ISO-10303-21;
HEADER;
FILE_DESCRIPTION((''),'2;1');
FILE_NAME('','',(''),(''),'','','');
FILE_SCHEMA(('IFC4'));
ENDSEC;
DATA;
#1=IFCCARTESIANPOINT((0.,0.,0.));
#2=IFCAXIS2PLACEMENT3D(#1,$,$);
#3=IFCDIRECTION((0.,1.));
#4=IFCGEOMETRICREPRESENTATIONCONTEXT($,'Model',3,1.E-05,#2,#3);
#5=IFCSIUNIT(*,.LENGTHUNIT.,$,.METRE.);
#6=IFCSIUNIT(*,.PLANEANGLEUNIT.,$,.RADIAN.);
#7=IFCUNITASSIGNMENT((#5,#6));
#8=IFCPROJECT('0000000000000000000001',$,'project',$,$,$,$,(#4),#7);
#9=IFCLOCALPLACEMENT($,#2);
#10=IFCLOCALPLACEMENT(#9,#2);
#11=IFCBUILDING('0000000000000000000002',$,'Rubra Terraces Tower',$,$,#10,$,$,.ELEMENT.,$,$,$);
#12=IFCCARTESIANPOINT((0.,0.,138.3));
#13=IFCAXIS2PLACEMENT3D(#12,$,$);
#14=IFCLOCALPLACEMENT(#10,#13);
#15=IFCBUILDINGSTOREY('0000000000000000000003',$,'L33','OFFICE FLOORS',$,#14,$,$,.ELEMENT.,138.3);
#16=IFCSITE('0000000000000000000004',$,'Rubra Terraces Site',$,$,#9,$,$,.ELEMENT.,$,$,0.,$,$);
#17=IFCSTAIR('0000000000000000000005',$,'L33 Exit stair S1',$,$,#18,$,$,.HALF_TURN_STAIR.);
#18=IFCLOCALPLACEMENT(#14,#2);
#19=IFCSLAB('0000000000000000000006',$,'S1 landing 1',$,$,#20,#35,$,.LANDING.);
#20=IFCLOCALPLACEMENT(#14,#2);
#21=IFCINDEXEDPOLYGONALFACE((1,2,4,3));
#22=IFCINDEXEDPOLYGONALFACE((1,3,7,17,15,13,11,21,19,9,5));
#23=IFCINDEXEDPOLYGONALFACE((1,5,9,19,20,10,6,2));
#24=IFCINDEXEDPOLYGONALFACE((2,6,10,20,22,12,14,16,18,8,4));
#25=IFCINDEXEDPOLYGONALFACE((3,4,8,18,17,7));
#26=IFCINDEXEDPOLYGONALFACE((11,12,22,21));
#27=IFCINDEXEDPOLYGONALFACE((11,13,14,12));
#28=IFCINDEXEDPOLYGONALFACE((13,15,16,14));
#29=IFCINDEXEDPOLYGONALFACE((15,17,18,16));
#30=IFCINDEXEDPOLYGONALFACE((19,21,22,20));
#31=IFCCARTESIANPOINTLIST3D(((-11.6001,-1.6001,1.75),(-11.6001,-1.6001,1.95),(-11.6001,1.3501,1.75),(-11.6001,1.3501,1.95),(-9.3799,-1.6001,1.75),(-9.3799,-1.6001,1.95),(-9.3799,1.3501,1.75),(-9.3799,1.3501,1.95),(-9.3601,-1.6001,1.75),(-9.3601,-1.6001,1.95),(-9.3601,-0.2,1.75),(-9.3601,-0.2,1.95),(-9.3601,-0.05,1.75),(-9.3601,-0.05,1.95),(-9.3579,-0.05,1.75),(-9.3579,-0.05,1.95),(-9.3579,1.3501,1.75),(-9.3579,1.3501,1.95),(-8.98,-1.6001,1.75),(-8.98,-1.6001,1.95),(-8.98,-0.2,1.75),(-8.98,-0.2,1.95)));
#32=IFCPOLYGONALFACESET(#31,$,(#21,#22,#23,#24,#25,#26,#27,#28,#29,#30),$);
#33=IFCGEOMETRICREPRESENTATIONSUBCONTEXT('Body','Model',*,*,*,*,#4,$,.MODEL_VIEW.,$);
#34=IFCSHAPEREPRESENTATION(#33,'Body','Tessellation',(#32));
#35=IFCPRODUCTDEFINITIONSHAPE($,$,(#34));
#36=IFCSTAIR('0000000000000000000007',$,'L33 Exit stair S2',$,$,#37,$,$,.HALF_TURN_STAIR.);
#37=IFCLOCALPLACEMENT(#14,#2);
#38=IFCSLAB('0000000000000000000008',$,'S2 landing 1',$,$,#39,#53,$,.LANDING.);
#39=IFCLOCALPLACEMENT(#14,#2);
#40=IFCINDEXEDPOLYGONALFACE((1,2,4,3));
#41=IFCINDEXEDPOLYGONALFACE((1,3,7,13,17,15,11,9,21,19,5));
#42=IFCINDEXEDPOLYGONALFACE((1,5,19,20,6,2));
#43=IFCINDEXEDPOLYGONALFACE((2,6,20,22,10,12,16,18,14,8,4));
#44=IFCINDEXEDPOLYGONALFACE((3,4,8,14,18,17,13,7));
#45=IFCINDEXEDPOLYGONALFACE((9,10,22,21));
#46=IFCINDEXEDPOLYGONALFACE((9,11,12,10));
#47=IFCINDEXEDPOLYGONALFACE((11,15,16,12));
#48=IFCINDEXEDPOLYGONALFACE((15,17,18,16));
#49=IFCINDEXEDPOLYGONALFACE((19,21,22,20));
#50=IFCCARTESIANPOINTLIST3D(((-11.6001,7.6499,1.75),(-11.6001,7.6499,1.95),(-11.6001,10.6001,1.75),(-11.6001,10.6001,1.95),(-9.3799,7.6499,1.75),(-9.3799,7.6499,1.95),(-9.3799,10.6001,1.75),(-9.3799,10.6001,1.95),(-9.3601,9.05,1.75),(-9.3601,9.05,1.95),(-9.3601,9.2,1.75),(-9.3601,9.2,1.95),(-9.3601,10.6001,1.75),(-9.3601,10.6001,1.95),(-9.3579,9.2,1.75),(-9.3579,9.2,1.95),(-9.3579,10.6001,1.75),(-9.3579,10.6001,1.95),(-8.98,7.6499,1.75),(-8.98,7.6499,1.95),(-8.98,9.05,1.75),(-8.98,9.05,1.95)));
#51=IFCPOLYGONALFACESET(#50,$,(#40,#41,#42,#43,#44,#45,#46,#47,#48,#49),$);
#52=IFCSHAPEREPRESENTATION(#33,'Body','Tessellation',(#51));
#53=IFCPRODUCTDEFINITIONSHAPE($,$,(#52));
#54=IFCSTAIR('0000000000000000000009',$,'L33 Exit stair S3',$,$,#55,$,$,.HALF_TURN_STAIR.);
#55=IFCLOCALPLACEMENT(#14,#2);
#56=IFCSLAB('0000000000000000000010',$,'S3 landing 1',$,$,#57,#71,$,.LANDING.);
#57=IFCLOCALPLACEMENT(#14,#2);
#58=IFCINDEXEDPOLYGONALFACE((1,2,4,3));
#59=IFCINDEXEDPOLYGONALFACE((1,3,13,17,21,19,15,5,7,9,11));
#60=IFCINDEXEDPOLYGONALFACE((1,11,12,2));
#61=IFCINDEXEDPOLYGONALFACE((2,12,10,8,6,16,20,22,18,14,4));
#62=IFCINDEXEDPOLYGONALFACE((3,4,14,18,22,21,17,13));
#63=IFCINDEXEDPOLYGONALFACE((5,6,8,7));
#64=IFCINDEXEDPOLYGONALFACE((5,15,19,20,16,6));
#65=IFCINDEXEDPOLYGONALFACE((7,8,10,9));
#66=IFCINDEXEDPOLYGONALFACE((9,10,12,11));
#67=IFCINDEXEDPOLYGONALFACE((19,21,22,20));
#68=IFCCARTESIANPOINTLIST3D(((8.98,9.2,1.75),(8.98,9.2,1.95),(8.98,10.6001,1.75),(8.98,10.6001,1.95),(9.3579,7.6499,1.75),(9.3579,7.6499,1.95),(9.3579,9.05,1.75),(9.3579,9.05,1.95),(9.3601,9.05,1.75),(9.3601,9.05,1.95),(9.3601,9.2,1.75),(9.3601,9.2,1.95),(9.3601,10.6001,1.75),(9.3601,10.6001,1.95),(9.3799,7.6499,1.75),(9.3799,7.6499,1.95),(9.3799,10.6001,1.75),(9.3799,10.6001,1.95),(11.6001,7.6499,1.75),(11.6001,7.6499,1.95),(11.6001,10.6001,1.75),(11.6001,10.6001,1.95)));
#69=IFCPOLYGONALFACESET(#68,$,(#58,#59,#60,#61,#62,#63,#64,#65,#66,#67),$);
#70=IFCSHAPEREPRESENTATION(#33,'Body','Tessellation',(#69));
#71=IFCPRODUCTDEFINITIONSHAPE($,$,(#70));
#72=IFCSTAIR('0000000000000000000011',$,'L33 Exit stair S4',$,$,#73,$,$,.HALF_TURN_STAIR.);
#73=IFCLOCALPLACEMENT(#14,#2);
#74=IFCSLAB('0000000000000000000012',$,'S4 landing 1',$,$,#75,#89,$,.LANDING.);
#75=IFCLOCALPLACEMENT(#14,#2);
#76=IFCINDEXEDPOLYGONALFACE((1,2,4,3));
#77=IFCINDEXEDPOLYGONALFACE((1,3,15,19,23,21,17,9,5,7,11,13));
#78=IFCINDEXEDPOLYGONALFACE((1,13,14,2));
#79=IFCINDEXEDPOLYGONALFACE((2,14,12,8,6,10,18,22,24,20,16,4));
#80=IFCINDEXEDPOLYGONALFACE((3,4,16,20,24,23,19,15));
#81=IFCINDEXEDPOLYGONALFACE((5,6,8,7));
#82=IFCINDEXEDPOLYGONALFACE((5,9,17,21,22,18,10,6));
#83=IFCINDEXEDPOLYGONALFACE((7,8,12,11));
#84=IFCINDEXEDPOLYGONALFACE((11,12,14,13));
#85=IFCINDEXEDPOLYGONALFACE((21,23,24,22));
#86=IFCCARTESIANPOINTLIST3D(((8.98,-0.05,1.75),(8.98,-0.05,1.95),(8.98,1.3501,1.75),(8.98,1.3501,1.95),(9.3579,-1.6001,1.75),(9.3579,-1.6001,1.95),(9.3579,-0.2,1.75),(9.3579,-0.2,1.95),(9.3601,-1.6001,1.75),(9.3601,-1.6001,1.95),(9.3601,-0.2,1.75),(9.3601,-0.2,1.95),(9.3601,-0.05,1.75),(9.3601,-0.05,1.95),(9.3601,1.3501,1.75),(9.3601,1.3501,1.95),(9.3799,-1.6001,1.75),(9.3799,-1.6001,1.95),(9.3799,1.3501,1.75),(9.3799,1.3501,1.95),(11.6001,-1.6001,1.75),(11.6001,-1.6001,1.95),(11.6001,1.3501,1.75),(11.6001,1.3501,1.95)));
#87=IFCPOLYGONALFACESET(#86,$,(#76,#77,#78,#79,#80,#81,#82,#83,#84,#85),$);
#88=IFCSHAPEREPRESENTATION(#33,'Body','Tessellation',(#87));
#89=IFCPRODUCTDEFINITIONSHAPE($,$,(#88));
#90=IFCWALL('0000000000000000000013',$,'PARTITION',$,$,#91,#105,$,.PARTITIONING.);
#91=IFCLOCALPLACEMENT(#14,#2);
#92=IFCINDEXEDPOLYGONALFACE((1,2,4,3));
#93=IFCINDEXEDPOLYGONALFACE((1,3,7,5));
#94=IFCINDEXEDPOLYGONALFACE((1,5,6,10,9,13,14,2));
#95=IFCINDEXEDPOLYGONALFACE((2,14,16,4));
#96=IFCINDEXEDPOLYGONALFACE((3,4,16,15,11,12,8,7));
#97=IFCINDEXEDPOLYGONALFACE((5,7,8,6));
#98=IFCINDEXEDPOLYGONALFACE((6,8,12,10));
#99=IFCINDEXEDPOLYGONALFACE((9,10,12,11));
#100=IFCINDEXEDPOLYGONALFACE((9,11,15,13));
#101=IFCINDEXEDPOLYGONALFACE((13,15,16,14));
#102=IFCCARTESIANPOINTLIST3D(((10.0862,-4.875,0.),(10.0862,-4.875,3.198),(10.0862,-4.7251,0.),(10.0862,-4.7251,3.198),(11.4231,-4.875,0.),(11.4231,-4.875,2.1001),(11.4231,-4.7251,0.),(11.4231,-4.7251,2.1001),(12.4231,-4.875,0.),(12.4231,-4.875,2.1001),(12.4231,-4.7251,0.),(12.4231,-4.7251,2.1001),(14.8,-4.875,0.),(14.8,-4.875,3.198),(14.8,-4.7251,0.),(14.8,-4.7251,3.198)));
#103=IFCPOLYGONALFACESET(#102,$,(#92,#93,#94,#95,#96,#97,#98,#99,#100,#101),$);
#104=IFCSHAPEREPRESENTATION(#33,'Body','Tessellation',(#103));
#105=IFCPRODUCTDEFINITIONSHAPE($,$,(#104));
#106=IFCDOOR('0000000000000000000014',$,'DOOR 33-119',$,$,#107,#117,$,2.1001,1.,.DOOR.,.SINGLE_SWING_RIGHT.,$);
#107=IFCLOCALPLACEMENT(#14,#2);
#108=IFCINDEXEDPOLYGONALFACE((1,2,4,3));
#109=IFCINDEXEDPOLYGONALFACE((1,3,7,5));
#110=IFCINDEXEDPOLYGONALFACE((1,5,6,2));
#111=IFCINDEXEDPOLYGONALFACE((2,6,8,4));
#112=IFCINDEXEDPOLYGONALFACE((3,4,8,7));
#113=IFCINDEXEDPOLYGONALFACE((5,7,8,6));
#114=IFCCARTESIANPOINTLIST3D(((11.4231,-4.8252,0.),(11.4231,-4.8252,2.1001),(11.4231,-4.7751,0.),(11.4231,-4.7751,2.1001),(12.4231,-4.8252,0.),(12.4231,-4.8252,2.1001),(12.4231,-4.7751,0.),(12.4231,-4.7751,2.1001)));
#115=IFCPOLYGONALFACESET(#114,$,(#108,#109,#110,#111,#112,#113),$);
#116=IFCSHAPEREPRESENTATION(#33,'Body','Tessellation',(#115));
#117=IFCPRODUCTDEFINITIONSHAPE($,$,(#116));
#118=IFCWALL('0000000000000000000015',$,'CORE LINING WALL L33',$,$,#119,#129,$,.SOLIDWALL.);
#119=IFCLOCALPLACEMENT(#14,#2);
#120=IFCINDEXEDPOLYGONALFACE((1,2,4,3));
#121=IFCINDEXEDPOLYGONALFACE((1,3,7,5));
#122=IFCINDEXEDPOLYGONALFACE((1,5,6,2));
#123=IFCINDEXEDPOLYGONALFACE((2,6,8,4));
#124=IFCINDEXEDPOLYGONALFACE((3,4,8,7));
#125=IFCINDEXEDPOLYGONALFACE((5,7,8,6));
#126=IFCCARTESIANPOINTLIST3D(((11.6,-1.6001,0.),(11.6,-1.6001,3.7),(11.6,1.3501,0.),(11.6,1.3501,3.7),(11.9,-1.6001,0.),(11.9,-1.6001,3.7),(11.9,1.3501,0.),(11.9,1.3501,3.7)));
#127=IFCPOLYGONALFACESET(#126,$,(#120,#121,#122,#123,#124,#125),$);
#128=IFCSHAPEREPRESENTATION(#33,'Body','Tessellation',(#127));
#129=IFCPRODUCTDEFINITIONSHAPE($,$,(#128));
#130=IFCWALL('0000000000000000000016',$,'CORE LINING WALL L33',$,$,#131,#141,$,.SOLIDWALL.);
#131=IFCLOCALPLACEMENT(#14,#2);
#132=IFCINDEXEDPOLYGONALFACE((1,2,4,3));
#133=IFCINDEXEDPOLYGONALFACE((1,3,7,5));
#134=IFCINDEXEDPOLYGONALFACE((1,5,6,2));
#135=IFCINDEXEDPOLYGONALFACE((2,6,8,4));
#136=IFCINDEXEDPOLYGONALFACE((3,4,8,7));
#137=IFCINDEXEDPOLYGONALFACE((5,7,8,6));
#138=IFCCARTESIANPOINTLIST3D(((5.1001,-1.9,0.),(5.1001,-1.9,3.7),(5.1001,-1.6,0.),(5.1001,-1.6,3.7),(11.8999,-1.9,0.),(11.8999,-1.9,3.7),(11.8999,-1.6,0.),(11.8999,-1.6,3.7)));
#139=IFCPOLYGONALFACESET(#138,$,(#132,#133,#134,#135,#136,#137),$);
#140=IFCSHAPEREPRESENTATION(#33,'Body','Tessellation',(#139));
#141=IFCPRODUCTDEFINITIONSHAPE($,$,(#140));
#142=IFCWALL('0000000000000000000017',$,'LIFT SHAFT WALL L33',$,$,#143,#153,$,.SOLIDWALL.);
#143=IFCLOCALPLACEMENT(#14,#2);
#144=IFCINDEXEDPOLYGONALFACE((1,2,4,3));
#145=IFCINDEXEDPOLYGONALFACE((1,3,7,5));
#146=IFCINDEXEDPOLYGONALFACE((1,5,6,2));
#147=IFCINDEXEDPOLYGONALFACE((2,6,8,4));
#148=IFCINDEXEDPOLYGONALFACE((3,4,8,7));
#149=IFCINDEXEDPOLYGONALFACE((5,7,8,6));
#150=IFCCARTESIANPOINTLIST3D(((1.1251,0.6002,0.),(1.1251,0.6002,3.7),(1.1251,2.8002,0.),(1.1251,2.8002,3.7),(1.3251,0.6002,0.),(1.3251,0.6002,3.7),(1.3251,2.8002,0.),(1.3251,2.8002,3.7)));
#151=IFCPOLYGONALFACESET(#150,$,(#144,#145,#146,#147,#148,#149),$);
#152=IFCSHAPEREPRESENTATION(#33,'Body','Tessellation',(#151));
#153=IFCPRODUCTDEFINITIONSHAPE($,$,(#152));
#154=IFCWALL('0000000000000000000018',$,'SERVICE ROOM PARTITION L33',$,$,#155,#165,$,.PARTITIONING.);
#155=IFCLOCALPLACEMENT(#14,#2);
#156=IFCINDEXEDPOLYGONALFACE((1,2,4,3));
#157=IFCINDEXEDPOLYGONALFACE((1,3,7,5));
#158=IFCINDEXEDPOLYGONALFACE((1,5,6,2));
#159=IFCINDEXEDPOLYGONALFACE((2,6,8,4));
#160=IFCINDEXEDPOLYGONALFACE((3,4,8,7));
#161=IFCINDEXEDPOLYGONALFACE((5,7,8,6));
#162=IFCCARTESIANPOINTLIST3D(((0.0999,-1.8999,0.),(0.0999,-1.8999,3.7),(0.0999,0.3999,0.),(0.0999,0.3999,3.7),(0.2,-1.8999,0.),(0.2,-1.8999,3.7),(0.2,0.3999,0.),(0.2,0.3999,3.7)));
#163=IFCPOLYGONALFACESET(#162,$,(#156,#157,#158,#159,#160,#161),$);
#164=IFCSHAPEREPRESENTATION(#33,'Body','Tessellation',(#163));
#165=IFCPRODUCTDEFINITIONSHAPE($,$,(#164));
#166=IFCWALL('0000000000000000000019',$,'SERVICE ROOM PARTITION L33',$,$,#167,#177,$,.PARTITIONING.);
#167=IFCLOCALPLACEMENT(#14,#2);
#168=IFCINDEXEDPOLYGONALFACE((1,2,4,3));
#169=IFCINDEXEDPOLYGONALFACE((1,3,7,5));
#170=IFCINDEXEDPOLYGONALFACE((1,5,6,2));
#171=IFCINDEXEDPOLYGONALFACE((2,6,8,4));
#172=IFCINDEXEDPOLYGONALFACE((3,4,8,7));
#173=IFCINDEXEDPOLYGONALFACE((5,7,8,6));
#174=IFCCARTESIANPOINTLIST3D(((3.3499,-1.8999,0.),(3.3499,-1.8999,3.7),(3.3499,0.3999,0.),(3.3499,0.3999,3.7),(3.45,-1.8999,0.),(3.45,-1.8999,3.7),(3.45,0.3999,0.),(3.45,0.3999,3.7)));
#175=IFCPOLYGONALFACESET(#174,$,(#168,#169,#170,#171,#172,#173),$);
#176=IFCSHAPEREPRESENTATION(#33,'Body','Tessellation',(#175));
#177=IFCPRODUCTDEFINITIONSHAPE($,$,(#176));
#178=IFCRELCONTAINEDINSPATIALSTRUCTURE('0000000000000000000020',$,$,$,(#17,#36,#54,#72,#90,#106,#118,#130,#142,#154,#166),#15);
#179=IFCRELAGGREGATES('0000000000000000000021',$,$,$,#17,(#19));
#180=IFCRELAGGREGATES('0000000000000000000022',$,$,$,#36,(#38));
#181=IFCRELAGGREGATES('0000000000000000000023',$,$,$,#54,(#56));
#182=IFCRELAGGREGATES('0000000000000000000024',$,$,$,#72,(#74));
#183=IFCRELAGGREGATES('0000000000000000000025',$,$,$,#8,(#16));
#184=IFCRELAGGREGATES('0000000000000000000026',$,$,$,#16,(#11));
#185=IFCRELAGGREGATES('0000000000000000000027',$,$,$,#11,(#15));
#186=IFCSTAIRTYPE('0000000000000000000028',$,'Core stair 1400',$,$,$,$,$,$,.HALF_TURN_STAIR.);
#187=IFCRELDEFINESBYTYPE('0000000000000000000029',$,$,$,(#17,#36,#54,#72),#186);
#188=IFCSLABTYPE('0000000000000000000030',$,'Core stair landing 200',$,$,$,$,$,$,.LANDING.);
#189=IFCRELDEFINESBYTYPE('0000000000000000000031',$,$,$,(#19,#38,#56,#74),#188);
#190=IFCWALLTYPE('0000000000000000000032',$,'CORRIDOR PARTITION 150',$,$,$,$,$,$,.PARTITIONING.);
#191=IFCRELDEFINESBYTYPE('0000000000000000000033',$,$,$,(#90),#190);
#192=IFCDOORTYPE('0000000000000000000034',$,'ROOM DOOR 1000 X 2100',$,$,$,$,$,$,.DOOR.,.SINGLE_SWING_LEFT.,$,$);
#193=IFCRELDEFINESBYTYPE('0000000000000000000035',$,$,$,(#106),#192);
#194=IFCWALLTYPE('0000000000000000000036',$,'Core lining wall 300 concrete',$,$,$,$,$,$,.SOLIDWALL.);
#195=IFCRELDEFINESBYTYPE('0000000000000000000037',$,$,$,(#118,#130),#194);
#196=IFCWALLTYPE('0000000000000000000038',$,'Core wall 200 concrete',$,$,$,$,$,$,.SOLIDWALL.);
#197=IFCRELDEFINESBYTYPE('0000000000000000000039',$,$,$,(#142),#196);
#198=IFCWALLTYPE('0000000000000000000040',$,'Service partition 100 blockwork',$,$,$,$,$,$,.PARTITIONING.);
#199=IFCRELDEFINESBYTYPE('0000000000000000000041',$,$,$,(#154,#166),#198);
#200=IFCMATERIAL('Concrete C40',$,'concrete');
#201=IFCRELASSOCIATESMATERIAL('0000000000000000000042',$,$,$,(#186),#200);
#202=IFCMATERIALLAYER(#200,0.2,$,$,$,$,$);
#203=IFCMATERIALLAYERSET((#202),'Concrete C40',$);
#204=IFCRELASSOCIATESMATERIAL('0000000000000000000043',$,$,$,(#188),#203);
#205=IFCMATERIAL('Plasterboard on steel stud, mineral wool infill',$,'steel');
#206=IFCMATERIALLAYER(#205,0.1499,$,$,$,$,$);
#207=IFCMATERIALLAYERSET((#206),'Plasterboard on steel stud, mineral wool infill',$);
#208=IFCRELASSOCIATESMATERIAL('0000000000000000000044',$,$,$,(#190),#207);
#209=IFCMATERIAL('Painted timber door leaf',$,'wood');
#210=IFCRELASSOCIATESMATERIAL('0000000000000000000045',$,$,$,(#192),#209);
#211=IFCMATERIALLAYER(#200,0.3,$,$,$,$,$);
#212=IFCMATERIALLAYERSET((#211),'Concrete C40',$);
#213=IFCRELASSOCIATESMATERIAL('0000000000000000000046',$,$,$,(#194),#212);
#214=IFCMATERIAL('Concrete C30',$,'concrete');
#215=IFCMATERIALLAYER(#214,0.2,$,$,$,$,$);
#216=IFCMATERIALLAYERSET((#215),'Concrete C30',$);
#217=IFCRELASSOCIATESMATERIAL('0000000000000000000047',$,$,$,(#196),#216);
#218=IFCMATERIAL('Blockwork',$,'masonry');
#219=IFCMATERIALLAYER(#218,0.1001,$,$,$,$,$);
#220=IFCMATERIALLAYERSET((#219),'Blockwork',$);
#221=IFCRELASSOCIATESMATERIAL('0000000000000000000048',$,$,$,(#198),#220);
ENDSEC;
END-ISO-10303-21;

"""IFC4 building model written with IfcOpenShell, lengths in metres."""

from ifc_helpers import new_model, si_unit, direction, frame, frame_2d, origin, place, context, subcontext, project, spatial, polyline, rectangle, outline, extrude, material, layer, layer_set, type_object, element, fill, aggregate, save


model = new_model("IFC4")

# Units and contexts
model_context = context("Model", 3, precision=1e-05, world=origin(), true_north=direction((0.0, 1.0)))
body_context = subcontext(model_context, "Body", "Model", "MODEL_VIEW")
ifc_project = project(units=[si_unit("LENGTHUNIT", "METRE"), si_unit("PLANEANGLEUNIT", "RADIAN")], contexts=[model_context])

# Site, building, storey
site_placement = place(None, origin())
site = spatial("IfcSite", under=ifc_project, at=site_placement, Name="Rubra Terraces Site", CompositionType="ELEMENT", RefElevation=0.0)
building_placement = place(site_placement, origin())
building = spatial("IfcBuilding", under=site, at=building_placement, Name="Rubra Terraces Tower", CompositionType="ELEMENT")
storey_placement = place(building_placement, frame((0.0, 0.0, 138.3)))
storey = spatial("IfcBuildingStorey", under=building, at=storey_placement, Name="L33", Description="OFFICE FLOORS", CompositionType="ELEMENT", Elevation=138.3)

# Stairs, slabs
ifc_material_1 = material(Name="Concrete C40", Category="concrete")
stair_type = type_object("IfcStairType", Name="Core stair 1400", PredefinedType="HALF_TURN_STAIR", material=ifc_material_1)
stair_1_placement = place(storey_placement, origin())
stair_1 = element("IfcStair", 1, at=stair_1_placement, inside=storey, type_object=stair_type, Name="L33 Exit stair S1", PredefinedType="HALF_TURN_STAIR")
ifc_layer_1 = layer(ifc_material_1, 0.2)
ifc_layer_set_1 = layer_set([ifc_layer_1], Name="Concrete C40")
slab_type = type_object("IfcSlabType", Name="Core stair landing 200", PredefinedType="LANDING", material=ifc_layer_set_1)
slab_1_placement = place(storey_placement, frame((0.0, 0.0, 1.75)))
slab_1 = element("IfcSlab", 2, at=slab_1_placement, type_object=slab_type, Name="S1 landing 1", PredefinedType="LANDING", context=body_context, shape_type="SweptSolid", body=[
    extrude(outline(polyline([(-8.98, -0.2), (-8.98, -1.6001), (-9.3601, -1.6001), (-9.3799, -1.6001), (-11.6001, -1.6001), (-11.6001, 1.3501), (-9.3799, 1.3501), (-9.3579, 1.3501), (-9.3579, -0.05), (-9.3601, -0.05), (-9.3601, -0.2), (-8.98, -0.2)])), origin(), (0.0, 0.0, 1.0), 0.2),
])
aggregate(stair_1, [slab_1])
stair_2_placement = place(storey_placement, origin())
stair_2 = element("IfcStair", 3, at=stair_2_placement, inside=storey, type_object=stair_type, Name="L33 Exit stair S2", PredefinedType="HALF_TURN_STAIR")
slab_2_placement = place(storey_placement, frame((0.0, 0.0, 1.75)))
slab_2 = element("IfcSlab", 4, at=slab_2_placement, type_object=slab_type, Name="S2 landing 1", PredefinedType="LANDING", context=body_context, shape_type="SweptSolid", body=[
    extrude(outline(polyline([(-8.98, 9.05), (-8.98, 7.6499), (-9.3799, 7.6499), (-11.6001, 7.6499), (-11.6001, 10.6001), (-9.3799, 10.6001), (-9.3601, 10.6001), (-9.3579, 10.6001), (-9.3579, 9.2), (-9.3601, 9.2), (-9.3601, 9.05), (-8.98, 9.05)])), origin(), (0.0, 0.0, 1.0), 0.2),
])
aggregate(stair_2, [slab_2])
stair_3_placement = place(storey_placement, origin())
stair_3 = element("IfcStair", 5, at=stair_3_placement, inside=storey, type_object=stair_type, Name="L33 Exit stair S3", PredefinedType="HALF_TURN_STAIR")
slab_3_placement = place(storey_placement, frame((0.0, 0.0, 1.75)))
slab_3 = element("IfcSlab", 6, at=slab_3_placement, type_object=slab_type, Name="S3 landing 1", PredefinedType="LANDING", context=body_context, shape_type="SweptSolid", body=[
    extrude(outline(polyline([(9.3601, 9.05), (9.3601, 9.2), (8.98, 9.2), (8.98, 10.6001), (9.3601, 10.6001), (9.3799, 10.6001), (11.6001, 10.6001), (11.6001, 7.6499), (9.3799, 7.6499), (9.3579, 7.6499), (9.3579, 9.05), (9.3601, 9.05)])), origin(), (0.0, 0.0, 1.0), 0.2),
])
aggregate(stair_3, [slab_3])
stair_4_placement = place(storey_placement, origin())
stair_4 = element("IfcStair", 7, at=stair_4_placement, inside=storey, type_object=stair_type, Name="L33 Exit stair S4", PredefinedType="HALF_TURN_STAIR")
slab_4_placement = place(storey_placement, frame((0.0, 0.0, 1.75)))
slab_4 = element("IfcSlab", 8, at=slab_4_placement, type_object=slab_type, Name="S4 landing 1", PredefinedType="LANDING", context=body_context, shape_type="SweptSolid", body=[
    extrude(outline(polyline([(9.3601, -0.2), (9.3601, -0.05), (8.98, -0.05), (8.98, 1.3501), (9.3601, 1.3501), (9.3799, 1.3501), (11.6001, 1.3501), (11.6001, -1.6001), (9.3799, -1.6001), (9.3601, -1.6001), (9.3579, -1.6001), (9.3579, -0.2), (9.3601, -0.2)])), origin(), (0.0, 0.0, 1.0), 0.2),
])

# Wall, opening, door
ifc_material_2 = material(Name="Plasterboard on steel stud, mineral wool infill", Category="steel")
ifc_layer_2 = layer(ifc_material_2, 0.1499)
ifc_layer_set_2 = layer_set([ifc_layer_2], Name="Plasterboard on steel stud, mineral wool infill")
wall_type_1 = type_object("IfcWallType", Name="CORRIDOR PARTITION 150", PredefinedType="PARTITIONING", material=ifc_layer_set_2)
wall_1_placement = place(storey_placement, frame((10.0862, -4.8, 0.0), z_axis=(0.0, 0.0, 1.0), x_axis=(1.0, 0.0, 0.0)))
wall_1 = element("IfcWall", 9, at=wall_1_placement, inside=storey, type_object=wall_type_1, Name="PARTITION", PredefinedType="PARTITIONING", context=body_context, shape_type="SweptSolid", body=[
    extrude(rectangle(XDim=4.7139, YDim=0.1499, at=frame_2d((2.3569, 0.0))), origin(), (0.0, 0.0, 1.0), 3.198),
])
opening_placement = place(wall_1_placement, frame((1.3369, 0.0, 0.0)))
opening = element("IfcOpeningElement", 10, at=opening_placement, cuts=wall_1, PredefinedType="OPENING", context=body_context, shape_type="SweptSolid", body=[
    extrude(rectangle(XDim=1.0, YDim=2.1001, at=frame_2d((0.5, 1.05))), frame((0.0, 0.085, 0.0), z_axis=(0.0, -1.0, 0.0), x_axis=(1.0, 0.0, 0.0)), (0.0, 0.0, 1.0), 0.1699),
])
ifc_material_3 = material(Name="Painted timber door leaf", Category="wood")
door_type = type_object("IfcDoorType", Name="ROOM DOOR 1000 X 2100", OperationType="SINGLE_SWING_LEFT", PredefinedType="DOOR", material=ifc_material_3)
door_placement = place(opening_placement, origin())
door = element("IfcDoor", 11, at=door_placement, inside=storey, type_object=door_type, Name="DOOR 33-119", OperationType="SINGLE_SWING_RIGHT", OverallHeight=2.1001, OverallWidth=1.0, PredefinedType="DOOR", context=body_context, shape_type="SweptSolid", body=[
    extrude(rectangle(XDim=1.0, YDim=2.1001, at=frame_2d((0.5, 1.05))), frame((0.0, 0.0249, 0.0), z_axis=(0.0, -1.0, 0.0), x_axis=(1.0, 0.0, 0.0)), (0.0, 0.0, 1.0), 0.05),
])
fill(opening, door)

# Walls
ifc_layer_3 = layer(ifc_material_1, 0.3)
ifc_layer_set_3 = layer_set([ifc_layer_3], Name="Concrete C40")
wall_type_2 = type_object("IfcWallType", Name="Core lining wall 300 concrete", PredefinedType="SOLIDWALL", material=ifc_layer_set_3)
wall_2_placement = place(storey_placement, frame((11.75, 1.3501, 0.0), z_axis=(0.0, 0.0, 1.0), x_axis=(0.0, -1.0, 0.0)))
element("IfcWall", 12, at=wall_2_placement, inside=storey, type_object=wall_type_2, Name="CORE LINING WALL L33", PredefinedType="SOLIDWALL", context=body_context, shape_type="SweptSolid", body=[
    extrude(rectangle(XDim=2.9502, YDim=0.3, at=frame_2d((1.4751, 0.0))), origin(), (0.0, 0.0, 1.0), 3.7),
])
wall_3_placement = place(storey_placement, frame((11.8999, -1.75, 0.0), z_axis=(0.0, 0.0, 1.0), x_axis=(-1.0, 0.0, 0.0)))
element("IfcWall", 13, at=wall_3_placement, inside=storey, type_object=wall_type_2, Name="CORE LINING WALL L33", PredefinedType="SOLIDWALL", context=body_context, shape_type="SweptSolid", body=[
    extrude(rectangle(XDim=6.7998, YDim=0.3, at=frame_2d((3.3999, 0.0))), origin(), (0.0, 0.0, 1.0), 3.7),
])
ifc_material_4 = material(Name="Concrete C30", Category="concrete")
ifc_layer_4 = layer(ifc_material_4, 0.2)
ifc_layer_set_4 = layer_set([ifc_layer_4], Name="Concrete C30")
wall_type_3 = type_object("IfcWallType", Name="Core wall 200 concrete", PredefinedType="SOLIDWALL", material=ifc_layer_set_4)
wall_4_placement = place(storey_placement, frame((1.2251, 0.6001, 0.0), z_axis=(0.0, 0.0, 1.0), x_axis=(0.0, 1.0, 0.0)))
element("IfcWall", 14, at=wall_4_placement, inside=storey, type_object=wall_type_3, Name="LIFT SHAFT WALL L33", PredefinedType="SOLIDWALL", context=body_context, shape_type="SweptSolid", body=[
    extrude(rectangle(XDim=2.2, YDim=0.2, at=frame_2d((1.1001, 0.0))), origin(), (0.0, 0.0, 1.0), 3.7),
])
ifc_material_5 = material(Name="Blockwork", Category="masonry")
ifc_layer_5 = layer(ifc_material_5, 0.1001)
ifc_layer_set_5 = layer_set([ifc_layer_5], Name="Blockwork")
wall_type_4 = type_object("IfcWallType", Name="Service partition 100 blockwork", PredefinedType="PARTITIONING", material=ifc_layer_set_5)
for number, where, z_axis, x_axis, name in (
    (15, (0.1499, -1.8999, 0.0), (0.0, 0.0, 1.0), (0.0, 1.0, 0.0), "SERVICE ROOM PARTITION L33"),
    (16, (3.3999, -1.8999, 0.0), (0.0, 0.0, 1.0), (0.0, 1.0, 0.0), "SERVICE ROOM PARTITION L33"),
):
    element("IfcWall", number, at=place(storey_placement, frame(where, z_axis=z_axis, x_axis=x_axis)), inside=storey, type_object=wall_type_4, Name=name, PredefinedType="PARTITIONING", context=body_context, shape_type="SweptSolid", body=[
        extrude(rectangle(XDim=2.2998, YDim=0.1001, at=frame_2d((1.1499, 0.0))), origin(), (0.0, 0.0, 1.0), 3.7),
    ])

aggregate(stair_4, [slab_4])

save(model, "model.ifc")
